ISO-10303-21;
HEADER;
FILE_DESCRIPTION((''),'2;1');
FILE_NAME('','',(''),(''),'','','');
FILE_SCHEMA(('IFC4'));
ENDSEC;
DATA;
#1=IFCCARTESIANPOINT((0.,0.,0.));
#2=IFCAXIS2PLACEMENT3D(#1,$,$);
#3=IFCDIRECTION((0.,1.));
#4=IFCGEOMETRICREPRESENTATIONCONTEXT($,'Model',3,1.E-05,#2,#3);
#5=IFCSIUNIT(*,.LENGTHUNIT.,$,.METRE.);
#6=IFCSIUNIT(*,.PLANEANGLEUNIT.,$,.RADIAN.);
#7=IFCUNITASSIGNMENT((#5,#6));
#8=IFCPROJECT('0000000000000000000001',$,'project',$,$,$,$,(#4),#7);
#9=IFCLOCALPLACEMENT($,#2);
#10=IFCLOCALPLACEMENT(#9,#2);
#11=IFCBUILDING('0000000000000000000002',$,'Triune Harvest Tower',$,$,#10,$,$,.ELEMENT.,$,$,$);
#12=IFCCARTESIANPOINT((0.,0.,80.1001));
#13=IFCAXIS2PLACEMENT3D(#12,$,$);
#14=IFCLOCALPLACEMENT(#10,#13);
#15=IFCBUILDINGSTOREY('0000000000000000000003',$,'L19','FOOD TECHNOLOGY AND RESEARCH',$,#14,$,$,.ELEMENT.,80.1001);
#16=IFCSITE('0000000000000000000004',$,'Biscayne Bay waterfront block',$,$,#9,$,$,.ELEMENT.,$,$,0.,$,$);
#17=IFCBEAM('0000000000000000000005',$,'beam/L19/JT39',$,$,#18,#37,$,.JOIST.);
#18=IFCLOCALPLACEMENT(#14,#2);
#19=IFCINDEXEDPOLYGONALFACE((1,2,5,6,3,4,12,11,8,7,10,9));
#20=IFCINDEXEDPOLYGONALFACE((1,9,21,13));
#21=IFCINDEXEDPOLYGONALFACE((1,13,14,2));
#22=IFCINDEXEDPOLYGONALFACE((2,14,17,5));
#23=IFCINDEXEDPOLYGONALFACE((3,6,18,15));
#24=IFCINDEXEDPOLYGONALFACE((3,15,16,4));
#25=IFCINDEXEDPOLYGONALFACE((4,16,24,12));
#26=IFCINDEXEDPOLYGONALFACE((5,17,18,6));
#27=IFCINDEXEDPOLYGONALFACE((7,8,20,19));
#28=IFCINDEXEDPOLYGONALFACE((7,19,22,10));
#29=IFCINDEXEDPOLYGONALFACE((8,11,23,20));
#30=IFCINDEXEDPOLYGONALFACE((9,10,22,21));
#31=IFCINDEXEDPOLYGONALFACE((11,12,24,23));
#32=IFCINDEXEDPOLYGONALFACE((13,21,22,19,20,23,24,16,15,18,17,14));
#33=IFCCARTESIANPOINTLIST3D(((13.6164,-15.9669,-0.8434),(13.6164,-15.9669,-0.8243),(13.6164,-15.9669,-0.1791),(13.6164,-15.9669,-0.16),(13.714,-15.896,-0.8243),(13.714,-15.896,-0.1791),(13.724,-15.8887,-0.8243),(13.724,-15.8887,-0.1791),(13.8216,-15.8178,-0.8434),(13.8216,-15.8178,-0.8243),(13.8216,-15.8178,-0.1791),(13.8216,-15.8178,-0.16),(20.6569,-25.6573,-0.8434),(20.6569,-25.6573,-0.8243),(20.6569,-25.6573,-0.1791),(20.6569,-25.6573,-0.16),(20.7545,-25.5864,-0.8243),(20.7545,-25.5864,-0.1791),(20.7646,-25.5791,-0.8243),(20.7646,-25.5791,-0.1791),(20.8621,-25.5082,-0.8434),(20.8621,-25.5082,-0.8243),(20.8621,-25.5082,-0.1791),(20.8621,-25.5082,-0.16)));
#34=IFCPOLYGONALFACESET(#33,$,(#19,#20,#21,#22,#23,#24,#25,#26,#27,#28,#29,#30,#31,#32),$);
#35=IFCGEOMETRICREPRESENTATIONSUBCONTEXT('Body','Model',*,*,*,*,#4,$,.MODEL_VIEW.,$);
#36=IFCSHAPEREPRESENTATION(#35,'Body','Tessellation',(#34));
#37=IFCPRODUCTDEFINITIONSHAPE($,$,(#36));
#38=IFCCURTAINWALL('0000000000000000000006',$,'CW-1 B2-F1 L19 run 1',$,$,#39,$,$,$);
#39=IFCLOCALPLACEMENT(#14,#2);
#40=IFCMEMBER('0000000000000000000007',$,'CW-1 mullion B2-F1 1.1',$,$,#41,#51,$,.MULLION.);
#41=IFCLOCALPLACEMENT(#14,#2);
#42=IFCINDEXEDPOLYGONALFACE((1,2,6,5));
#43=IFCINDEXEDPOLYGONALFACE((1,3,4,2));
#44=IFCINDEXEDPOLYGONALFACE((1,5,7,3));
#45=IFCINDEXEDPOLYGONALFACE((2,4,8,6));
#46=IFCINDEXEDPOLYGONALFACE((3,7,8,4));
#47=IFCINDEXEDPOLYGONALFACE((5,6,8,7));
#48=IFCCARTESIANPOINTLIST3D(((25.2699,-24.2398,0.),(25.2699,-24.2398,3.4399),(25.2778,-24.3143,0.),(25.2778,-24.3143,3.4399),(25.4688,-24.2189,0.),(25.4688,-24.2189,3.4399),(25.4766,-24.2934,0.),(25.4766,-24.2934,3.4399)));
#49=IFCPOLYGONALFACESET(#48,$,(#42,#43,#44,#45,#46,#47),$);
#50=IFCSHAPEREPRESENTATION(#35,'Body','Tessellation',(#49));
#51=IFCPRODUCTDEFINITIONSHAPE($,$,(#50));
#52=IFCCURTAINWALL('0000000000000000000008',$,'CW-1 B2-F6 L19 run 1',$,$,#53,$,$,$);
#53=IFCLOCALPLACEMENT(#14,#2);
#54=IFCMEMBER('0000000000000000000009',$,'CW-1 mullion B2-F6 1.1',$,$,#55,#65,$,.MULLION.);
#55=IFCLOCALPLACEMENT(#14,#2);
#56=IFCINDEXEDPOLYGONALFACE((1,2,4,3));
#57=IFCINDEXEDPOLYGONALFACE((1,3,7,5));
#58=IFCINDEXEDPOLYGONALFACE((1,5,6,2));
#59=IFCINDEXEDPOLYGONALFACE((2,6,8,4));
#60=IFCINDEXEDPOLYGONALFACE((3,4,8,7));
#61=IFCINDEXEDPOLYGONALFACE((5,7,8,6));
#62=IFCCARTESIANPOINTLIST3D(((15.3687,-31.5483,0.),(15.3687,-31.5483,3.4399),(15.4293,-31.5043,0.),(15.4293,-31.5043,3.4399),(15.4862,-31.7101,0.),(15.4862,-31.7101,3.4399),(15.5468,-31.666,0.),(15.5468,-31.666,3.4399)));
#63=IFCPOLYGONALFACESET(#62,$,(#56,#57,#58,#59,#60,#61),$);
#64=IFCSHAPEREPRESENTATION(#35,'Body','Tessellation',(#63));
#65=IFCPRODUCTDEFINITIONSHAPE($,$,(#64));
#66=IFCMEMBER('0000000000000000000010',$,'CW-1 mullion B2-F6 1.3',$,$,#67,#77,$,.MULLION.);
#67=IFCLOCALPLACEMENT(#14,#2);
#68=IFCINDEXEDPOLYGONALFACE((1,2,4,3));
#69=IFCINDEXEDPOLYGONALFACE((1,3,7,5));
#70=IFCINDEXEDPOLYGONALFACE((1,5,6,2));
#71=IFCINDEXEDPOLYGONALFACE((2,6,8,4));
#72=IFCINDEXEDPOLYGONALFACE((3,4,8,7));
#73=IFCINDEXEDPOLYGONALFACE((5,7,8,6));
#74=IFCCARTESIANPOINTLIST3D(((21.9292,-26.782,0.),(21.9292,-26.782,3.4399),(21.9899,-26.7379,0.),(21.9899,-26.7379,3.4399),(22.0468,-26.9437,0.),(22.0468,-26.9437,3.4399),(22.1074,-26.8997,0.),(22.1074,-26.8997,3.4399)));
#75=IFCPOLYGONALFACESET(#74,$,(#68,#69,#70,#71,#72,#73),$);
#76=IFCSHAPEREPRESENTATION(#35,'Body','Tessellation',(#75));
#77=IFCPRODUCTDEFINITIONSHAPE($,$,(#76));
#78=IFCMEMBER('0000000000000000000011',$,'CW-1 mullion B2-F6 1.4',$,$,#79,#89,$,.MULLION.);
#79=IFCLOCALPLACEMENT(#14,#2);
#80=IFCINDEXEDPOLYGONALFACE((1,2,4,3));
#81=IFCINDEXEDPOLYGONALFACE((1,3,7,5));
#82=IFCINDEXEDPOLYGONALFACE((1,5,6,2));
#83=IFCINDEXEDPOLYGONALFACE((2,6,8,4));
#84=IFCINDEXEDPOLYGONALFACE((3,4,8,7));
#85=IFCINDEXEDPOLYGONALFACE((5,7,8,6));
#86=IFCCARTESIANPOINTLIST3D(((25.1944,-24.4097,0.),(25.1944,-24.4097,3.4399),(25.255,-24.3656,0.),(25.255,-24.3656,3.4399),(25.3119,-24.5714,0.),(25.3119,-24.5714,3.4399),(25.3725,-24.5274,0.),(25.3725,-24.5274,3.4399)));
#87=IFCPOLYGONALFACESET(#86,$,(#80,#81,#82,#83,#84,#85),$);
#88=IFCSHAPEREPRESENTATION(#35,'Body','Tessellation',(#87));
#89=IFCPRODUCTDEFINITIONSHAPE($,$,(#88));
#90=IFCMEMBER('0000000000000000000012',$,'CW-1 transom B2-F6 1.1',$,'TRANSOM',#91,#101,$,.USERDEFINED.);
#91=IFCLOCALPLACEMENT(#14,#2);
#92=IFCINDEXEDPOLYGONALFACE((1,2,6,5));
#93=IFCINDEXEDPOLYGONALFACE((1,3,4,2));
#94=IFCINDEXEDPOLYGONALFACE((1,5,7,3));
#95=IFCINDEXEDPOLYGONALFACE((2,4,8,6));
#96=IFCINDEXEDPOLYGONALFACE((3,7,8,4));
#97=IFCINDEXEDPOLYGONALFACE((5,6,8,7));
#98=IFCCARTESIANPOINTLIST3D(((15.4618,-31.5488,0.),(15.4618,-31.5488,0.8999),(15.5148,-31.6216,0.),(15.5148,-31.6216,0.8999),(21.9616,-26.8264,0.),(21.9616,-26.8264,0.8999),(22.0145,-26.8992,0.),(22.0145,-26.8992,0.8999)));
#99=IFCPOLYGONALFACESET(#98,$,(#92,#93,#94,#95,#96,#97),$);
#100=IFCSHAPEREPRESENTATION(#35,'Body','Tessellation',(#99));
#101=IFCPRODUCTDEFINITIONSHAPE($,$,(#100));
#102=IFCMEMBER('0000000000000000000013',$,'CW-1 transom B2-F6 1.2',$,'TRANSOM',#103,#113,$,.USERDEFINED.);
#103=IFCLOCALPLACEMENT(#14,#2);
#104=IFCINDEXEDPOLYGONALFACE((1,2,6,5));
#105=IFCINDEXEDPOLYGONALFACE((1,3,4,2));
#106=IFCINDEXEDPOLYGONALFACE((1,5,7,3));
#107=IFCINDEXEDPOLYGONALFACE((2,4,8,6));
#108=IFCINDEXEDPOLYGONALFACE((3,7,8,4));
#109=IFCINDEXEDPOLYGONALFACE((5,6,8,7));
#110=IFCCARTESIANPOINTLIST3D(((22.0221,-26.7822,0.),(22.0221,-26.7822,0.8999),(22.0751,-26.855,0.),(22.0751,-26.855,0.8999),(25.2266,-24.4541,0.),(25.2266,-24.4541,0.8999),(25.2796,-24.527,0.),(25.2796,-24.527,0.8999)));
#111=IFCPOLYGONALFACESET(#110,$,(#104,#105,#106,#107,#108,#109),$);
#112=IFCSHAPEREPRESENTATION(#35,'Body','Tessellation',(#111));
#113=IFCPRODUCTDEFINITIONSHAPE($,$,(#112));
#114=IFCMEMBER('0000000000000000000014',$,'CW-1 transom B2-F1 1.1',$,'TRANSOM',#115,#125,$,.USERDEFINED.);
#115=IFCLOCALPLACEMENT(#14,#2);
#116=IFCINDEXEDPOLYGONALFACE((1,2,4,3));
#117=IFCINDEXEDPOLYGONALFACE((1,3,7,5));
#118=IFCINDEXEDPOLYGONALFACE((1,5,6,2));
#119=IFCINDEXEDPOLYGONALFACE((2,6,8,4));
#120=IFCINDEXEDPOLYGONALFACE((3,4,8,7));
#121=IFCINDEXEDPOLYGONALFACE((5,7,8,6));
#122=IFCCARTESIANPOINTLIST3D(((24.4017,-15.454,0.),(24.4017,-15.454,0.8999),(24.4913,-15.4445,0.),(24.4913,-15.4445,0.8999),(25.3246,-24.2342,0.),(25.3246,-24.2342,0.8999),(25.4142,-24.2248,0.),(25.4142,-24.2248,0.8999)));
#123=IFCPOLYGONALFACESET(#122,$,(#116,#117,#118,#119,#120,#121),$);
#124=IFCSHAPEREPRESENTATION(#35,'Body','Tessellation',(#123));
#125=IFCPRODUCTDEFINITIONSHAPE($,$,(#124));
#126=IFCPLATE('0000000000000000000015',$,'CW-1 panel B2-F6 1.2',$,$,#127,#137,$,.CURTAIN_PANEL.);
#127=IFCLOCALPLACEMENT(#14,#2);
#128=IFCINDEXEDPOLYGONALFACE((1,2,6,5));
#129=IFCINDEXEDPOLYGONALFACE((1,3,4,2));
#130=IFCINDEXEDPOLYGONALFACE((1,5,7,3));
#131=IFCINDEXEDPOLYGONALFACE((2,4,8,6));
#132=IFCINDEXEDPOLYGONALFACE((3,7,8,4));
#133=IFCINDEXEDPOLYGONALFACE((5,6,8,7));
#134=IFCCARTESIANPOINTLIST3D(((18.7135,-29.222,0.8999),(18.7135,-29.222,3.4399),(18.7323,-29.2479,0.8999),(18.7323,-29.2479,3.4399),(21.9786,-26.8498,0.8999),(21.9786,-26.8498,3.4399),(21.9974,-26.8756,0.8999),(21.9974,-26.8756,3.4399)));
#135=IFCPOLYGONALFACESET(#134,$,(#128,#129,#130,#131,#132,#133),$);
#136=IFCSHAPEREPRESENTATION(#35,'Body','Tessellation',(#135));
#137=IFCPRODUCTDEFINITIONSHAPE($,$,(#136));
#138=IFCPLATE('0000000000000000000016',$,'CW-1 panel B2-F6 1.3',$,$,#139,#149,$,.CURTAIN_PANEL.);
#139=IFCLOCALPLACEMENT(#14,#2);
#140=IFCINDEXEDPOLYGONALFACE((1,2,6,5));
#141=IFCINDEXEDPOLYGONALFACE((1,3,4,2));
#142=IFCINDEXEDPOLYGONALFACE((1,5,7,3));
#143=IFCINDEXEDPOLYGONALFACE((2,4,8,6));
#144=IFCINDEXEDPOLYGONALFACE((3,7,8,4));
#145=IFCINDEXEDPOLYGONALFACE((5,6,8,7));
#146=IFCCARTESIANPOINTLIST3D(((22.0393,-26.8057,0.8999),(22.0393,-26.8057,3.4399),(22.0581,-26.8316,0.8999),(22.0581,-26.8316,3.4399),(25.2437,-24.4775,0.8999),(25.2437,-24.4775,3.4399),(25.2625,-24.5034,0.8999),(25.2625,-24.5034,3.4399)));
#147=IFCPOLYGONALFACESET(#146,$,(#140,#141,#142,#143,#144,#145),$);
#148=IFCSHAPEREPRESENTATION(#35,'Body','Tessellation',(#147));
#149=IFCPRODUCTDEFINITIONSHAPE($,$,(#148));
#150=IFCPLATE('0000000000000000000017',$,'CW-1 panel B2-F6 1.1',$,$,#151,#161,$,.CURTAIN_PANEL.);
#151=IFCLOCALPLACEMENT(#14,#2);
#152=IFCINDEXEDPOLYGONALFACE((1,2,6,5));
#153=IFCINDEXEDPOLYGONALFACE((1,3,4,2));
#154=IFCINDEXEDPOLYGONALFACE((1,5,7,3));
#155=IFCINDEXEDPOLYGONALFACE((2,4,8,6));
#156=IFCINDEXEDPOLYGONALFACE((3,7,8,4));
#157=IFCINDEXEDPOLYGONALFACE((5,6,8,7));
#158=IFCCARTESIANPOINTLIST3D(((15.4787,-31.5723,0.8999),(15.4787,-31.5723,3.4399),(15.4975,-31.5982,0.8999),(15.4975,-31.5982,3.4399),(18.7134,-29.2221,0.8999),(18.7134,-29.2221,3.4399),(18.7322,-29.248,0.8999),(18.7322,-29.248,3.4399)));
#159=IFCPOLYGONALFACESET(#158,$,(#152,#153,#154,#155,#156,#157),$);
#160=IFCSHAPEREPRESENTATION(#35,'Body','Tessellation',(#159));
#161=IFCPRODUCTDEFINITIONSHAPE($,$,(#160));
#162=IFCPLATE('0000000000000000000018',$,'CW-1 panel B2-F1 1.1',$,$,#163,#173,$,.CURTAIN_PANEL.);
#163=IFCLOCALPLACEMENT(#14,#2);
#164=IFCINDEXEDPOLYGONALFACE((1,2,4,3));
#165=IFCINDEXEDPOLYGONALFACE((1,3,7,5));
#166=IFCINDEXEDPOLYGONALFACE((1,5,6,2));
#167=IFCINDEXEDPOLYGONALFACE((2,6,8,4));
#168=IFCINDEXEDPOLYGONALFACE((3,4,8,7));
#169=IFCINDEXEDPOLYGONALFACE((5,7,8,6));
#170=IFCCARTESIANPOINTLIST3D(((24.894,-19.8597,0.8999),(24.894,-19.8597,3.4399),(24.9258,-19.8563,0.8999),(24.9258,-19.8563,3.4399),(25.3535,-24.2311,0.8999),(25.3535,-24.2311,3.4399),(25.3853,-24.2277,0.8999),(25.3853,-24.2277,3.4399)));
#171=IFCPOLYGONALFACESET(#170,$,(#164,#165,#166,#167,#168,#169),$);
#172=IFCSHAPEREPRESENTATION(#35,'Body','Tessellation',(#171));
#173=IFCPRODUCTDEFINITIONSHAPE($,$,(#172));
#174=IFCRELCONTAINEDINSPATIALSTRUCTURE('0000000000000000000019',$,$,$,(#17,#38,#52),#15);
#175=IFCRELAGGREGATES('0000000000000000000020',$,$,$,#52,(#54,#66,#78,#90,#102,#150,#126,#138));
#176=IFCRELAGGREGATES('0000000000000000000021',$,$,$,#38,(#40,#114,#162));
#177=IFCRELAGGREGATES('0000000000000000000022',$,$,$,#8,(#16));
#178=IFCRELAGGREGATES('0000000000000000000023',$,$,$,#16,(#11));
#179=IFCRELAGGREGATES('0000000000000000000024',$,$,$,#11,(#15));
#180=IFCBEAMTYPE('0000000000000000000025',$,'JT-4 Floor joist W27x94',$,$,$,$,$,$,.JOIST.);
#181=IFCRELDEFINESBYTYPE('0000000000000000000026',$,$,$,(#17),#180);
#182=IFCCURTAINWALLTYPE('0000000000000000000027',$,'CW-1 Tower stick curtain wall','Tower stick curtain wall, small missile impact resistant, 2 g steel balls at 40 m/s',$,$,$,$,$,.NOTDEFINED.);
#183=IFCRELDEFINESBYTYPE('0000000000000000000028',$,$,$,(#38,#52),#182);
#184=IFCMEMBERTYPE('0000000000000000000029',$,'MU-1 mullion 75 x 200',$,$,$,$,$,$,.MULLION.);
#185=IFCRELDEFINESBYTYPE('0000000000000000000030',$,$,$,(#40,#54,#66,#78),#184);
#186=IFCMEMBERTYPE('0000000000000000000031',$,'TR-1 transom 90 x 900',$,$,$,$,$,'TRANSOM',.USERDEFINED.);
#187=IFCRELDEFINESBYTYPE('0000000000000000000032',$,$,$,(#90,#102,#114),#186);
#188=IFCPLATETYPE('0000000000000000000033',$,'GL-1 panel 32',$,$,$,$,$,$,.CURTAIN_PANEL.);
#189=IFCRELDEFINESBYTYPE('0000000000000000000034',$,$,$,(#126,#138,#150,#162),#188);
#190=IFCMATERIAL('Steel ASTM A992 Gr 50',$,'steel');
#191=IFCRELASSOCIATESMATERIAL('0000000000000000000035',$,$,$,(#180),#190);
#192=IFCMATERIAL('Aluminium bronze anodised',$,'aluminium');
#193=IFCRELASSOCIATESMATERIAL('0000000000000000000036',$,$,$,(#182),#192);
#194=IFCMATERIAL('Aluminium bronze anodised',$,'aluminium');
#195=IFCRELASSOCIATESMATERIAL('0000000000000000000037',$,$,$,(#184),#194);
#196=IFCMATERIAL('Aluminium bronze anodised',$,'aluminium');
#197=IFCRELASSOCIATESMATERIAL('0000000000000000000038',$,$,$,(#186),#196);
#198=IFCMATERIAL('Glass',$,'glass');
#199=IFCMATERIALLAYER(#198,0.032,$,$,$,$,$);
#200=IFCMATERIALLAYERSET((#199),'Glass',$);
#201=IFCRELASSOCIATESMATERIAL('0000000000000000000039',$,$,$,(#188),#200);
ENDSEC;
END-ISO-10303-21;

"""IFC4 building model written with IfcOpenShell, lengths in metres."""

from ifc_helpers import new_model, si_unit, direction, frame, origin, origin_2d, place, context, subcontext, project, spatial, rectangle, i_section, extrude, source, transform, mapped, material, layer, layer_set, material_profile, profile_set, type_object, element, aggregate, save


model = new_model("IFC4")

# Units and contexts
model_context = context("Model", 3, precision=1e-05, world=origin(), true_north=direction((0.0, 1.0)))
body_context = subcontext(model_context, "Body", "Model", "MODEL_VIEW")
ifc_project = project(units=[si_unit("LENGTHUNIT", "METRE"), si_unit("PLANEANGLEUNIT", "RADIAN")], contexts=[model_context])

# Site, building, storey
site_placement = place(None, origin())
site = spatial("IfcSite", under=ifc_project, at=site_placement, Name="Biscayne Bay waterfront block", CompositionType="ELEMENT", RefElevation=0.0)
building_placement = place(site_placement, origin())
building = spatial("IfcBuilding", under=site, at=building_placement, Name="Triune Harvest Tower", CompositionType="ELEMENT")
storey_placement = place(building_placement, frame((0.0, 0.0, 80.1001)))
storey = spatial("IfcBuildingStorey", under=building, at=storey_placement, Name="L19", Description="FOOD TECHNOLOGY AND RESEARCH", CompositionType="ELEMENT", Elevation=80.1001)

# Beam
ifc_material_1 = material(Name="Steel ASTM A992 Gr 50", Category="steel")
ifc_material_profile_1 = material_profile(ifc_material_1, i_section(OverallWidth=0.2537, OverallDepth=0.6833, WebThickness=0.0125, FlangeThickness=0.019, at=origin_2d()), Name="W27x94")
ifc_profile_set_1 = profile_set([ifc_material_profile_1], Name="Steel ASTM A992 Gr 50")
beam_type_1 = type_object("IfcBeamType", Name="JT-4 Floor joist W27x94", PredefinedType="JOIST", material=ifc_profile_set_1)
shared_shape_1 = source(origin(), body_context, "Body", "SweptSolid", [
    extrude(i_section(OverallWidth=0.2537, OverallDepth=0.6833, WebThickness=0.0125, FlangeThickness=0.019, at=origin_2d()), origin(), (0.0, 0.0, 1.0), 11.978),
])
beam_1_placement = place(storey_placement, frame((20.7595, -25.5828, -0.5017), z_axis=(-0.587786, 0.809016, 0.0), x_axis=(-0.809016, -0.587786, 0.0)))
element("IfcBeam", 1, at=beam_1_placement, inside=storey, type_object=beam_type_1, Name="beam/L19/JT39", PredefinedType="JOIST", context=body_context, shape_type="MappedRepresentation", body=[
    mapped(shared_shape_1, transform((0.0, 0.0, 0.0), scale=1.0)),
])

# Curtain wall, member
ifc_material_2 = material(Name="Aluminium bronze anodised", Category="aluminium")
curtain_wall_type = type_object("IfcCurtainWallType", Name="CW-1 Tower stick curtain wall", Description="Tower stick curtain wall, small missile impact resistant, 2 g steel balls at 40 m/s", PredefinedType="NOTDEFINED", material=ifc_material_2)
curtain_wall_1_placement = place(storey_placement, origin())
curtain_wall_1 = element("IfcCurtainWall", 2, at=curtain_wall_1_placement, inside=storey, type_object=curtain_wall_type, Name="CW-1 B2-F1 L19 run 1")
ifc_material_3 = material(Name="Aluminium bronze anodised", Category="aluminium")
ifc_material_profile_2 = material_profile(ifc_material_3, rectangle(XDim=0.2, YDim=0.075, at=origin_2d()), Name="MU-1 mullion 75 x 200")
ifc_profile_set_2 = profile_set([ifc_material_profile_2], Name="Aluminium bronze anodised")
member_type_1 = type_object("IfcMemberType", Name="MU-1 mullion 75 x 200", PredefinedType="MULLION", material=ifc_profile_set_2)
shared_shape_2 = source(origin(), body_context, "Body", "SweptSolid", [
    extrude(rectangle(XDim=0.2, YDim=0.075, at=origin_2d()), origin(), (0.0, 0.0, 1.0), 3.4399),
])
member_1_placement = place(storey_placement, frame((25.3733, -24.2666, 0.0), z_axis=(0.0, 0.0, 1.0), x_axis=(-0.994522, -0.104528, 0.0)))
member_1 = element("IfcMember", 3, at=member_1_placement, type_object=member_type_1, Name="CW-1 mullion B2-F1 1.1", PredefinedType="MULLION", context=body_context, shape_type="MappedRepresentation", body=[
    mapped(shared_shape_2, transform((0.0, 0.0, 0.0), scale=1.0)),
])

# Curtain wall, members
curtain_wall_2_placement = place(storey_placement, origin())
curtain_wall_2 = element("IfcCurtainWall", 4, at=curtain_wall_2_placement, inside=storey, type_object=curtain_wall_type, Name="CW-1 B2-F6 L19 run 1")
member_2_placement = place(storey_placement, frame((15.4578, -31.6072, 0.0), z_axis=(0.0, 0.0, 1.0), x_axis=(-0.58779, 0.809013, 0.0)))
member_2 = element("IfcMember", 5, at=member_2_placement, type_object=member_type_1, Name="CW-1 mullion B2-F6 1.1", PredefinedType="MULLION", context=body_context, shape_type="MappedRepresentation", body=[
    mapped(shared_shape_2, transform((0.0, 0.0, 0.0), scale=1.0)),
])
member_3_placement = place(storey_placement, frame((22.0183, -26.8408, 0.0), z_axis=(0.0, 0.0, 1.0), x_axis=(-0.58779, 0.809013, 0.0)))
member_3 = element("IfcMember", 6, at=member_3_placement, type_object=member_type_1, Name="CW-1 mullion B2-F6 1.3", PredefinedType="MULLION", context=body_context, shape_type="MappedRepresentation", body=[
    mapped(shared_shape_2, transform((0.0, 0.0, 0.0), scale=1.0)),
])
member_4_placement = place(storey_placement, frame((25.2834, -24.4685, 0.0), z_axis=(0.0, 0.0, 1.0), x_axis=(-0.58779, 0.809013, 0.0)))
member_4 = element("IfcMember", 7, at=member_4_placement, type_object=member_type_1, Name="CW-1 mullion B2-F6 1.4", PredefinedType="MULLION", context=body_context, shape_type="MappedRepresentation", body=[
    mapped(shared_shape_2, transform((0.0, 0.0, 0.0), scale=1.0)),
])
ifc_material_4 = material(Name="Aluminium bronze anodised", Category="aluminium")
ifc_material_profile_3 = material_profile(ifc_material_4, rectangle(XDim=0.0901, YDim=0.8999, at=origin_2d()), Name="TR-1 transom 90 x 900")
ifc_profile_set_3 = profile_set([ifc_material_profile_3], Name="Aluminium bronze anodised")
member_type_2 = type_object("IfcMemberType", Name="TR-1 transom 90 x 900", ElementType="TRANSOM", PredefinedType="USERDEFINED", material=ifc_profile_set_3)
shared_shape_3 = source(origin(), body_context, "Body", "SweptSolid", [
    extrude(rectangle(XDim=0.0901, YDim=0.8999, at=origin_2d()), origin(), (0.0, 0.0, 1.0), 8.0342),
])
member_5_placement = place(storey_placement, frame((15.4883, -31.5852, 0.45), z_axis=(0.809013, 0.58779, 0.0), x_axis=(-0.58779, 0.809013, 0.0)))
member_5 = element("IfcMember", 8, at=member_5_placement, type_object=member_type_2, Name="CW-1 transom B2-F6 1.1", ObjectType="TRANSOM", PredefinedType="USERDEFINED", context=body_context, shape_type="MappedRepresentation", body=[
    mapped(shared_shape_3, transform((0.0, 0.0, 0.0), scale=1.0)),
])
shared_shape_4 = source(origin(), body_context, "Body", "SweptSolid", [
    extrude(rectangle(XDim=0.0901, YDim=0.8999, at=origin_2d()), origin(), (0.0, 0.0, 1.0), 3.9609),
])
member_6_placement = place(storey_placement, frame((22.0486, -26.8186, 0.45), z_axis=(0.809034, 0.587761, 0.0), x_axis=(-0.587761, 0.809034, 0.0)))
member_6 = element("IfcMember", 9, at=member_6_placement, type_object=member_type_2, Name="CW-1 transom B2-F6 1.2", ObjectType="TRANSOM", PredefinedType="USERDEFINED", context=body_context, shape_type="MappedRepresentation", body=[
    mapped(shared_shape_4, transform((0.0, 0.0, 0.0), scale=1.0)),
])

# Member
shared_shape_5 = source(origin(), body_context, "Body", "SweptSolid", [
    extrude(rectangle(XDim=0.0901, YDim=0.8999, at=origin_2d()), origin(), (0.0, 0.0, 1.0), 8.8286),
])
member_7_placement = place(storey_placement, frame((25.3694, -24.2295, 0.45), z_axis=(-0.104529, 0.994522, 0.0), x_axis=(-0.994522, -0.104529, 0.0)))
member_7 = element("IfcMember", 10, at=member_7_placement, type_object=member_type_2, Name="CW-1 transom B2-F1 1.1", ObjectType="TRANSOM", PredefinedType="USERDEFINED", context=body_context, shape_type="MappedRepresentation", body=[
    mapped(shared_shape_5, transform((0.0, 0.0, 0.0), scale=1.0)),
])

# Plates
ifc_material_5 = material(Name="Glass", Category="glass")
ifc_layer_1 = layer(ifc_material_5, 0.032)
ifc_layer_set_1 = layer_set([ifc_layer_1], Name="Glass")
plate_type = type_object("IfcPlateType", Name="GL-1 panel 32", PredefinedType="CURTAIN_PANEL", material=ifc_layer_set_1)
shared_shape_6 = source(origin(), body_context, "Body", "SweptSolid", [
    extrude(rectangle(XDim=4.0359, YDim=0.032, at=origin_2d()), origin(), (0.0, 0.0, 1.0), 2.54),
])
plate_1_placement = place(storey_placement, frame((20.3555, -28.0488, 0.8999), z_axis=(0.0, 0.0, 1.0), x_axis=(0.809013, 0.58779, 0.0)))
plate_1 = element("IfcPlate", 11, at=plate_1_placement, type_object=plate_type, Name="CW-1 panel B2-F6 1.2", PredefinedType="CURTAIN_PANEL", context=body_context, shape_type="MappedRepresentation", body=[
    mapped(shared_shape_6, transform((0.0, 0.0, 0.0), scale=1.0)),
])
shared_shape_7 = source(origin(), body_context, "Body", "SweptSolid", [
    extrude(rectangle(XDim=3.9609, YDim=0.032, at=origin_2d()), origin(), (0.0, 0.0, 1.0), 2.54),
])
plate_2_placement = place(storey_placement, frame((23.6509, -25.6545, 0.8999), z_axis=(0.0, 0.0, 1.0), x_axis=(0.809013, 0.58779, 0.0)))
plate_2 = element("IfcPlate", 12, at=plate_2_placement, type_object=plate_type, Name="CW-1 panel B2-F6 1.3", PredefinedType="CURTAIN_PANEL", context=body_context, shape_type="MappedRepresentation", body=[
    mapped(shared_shape_7, transform((0.0, 0.0, 0.0), scale=1.0)),
])
shared_shape_8 = source(origin(), body_context, "Body", "SweptSolid", [
    extrude(rectangle(XDim=3.9983, YDim=0.032, at=origin_2d()), origin(), (0.0, 0.0, 1.0), 2.54),
])
plate_3_placement = place(storey_placement, frame((17.1055, -30.4102, 0.8999), z_axis=(0.0, 0.0, 1.0), x_axis=(0.809013, 0.58779, 0.0)))
plate_3 = element("IfcPlate", 13, at=plate_3_placement, type_object=plate_type, Name="CW-1 panel B2-F6 1.1", PredefinedType="CURTAIN_PANEL", context=body_context, shape_type="MappedRepresentation", body=[
    mapped(shared_shape_8, transform((0.0, 0.0, 0.0), scale=1.0)),
])
aggregate(curtain_wall_2, [member_2, member_3, member_4, member_5, member_6, plate_3, plate_1, plate_2])
shared_shape_9 = source(origin(), body_context, "Body", "SweptSolid", [
    extrude(rectangle(XDim=4.3955, YDim=0.032, at=origin_2d()), origin(), (0.0, 0.0, 1.0), 2.54),
])
plate_4_placement = place(storey_placement, frame((25.1396, -22.0437, 0.8999), z_axis=(0.0, 0.0, 1.0), x_axis=(-0.104528, 0.994522, 0.0)))
plate_4 = element("IfcPlate", 14, at=plate_4_placement, type_object=plate_type, Name="CW-1 panel B2-F1 1.1", PredefinedType="CURTAIN_PANEL", context=body_context, shape_type="MappedRepresentation", body=[
    mapped(shared_shape_9, transform((0.0, 0.0, 0.0), scale=1.0)),
])
aggregate(curtain_wall_1, [member_1, member_7, plate_4])

save(model, "model.ifc")
